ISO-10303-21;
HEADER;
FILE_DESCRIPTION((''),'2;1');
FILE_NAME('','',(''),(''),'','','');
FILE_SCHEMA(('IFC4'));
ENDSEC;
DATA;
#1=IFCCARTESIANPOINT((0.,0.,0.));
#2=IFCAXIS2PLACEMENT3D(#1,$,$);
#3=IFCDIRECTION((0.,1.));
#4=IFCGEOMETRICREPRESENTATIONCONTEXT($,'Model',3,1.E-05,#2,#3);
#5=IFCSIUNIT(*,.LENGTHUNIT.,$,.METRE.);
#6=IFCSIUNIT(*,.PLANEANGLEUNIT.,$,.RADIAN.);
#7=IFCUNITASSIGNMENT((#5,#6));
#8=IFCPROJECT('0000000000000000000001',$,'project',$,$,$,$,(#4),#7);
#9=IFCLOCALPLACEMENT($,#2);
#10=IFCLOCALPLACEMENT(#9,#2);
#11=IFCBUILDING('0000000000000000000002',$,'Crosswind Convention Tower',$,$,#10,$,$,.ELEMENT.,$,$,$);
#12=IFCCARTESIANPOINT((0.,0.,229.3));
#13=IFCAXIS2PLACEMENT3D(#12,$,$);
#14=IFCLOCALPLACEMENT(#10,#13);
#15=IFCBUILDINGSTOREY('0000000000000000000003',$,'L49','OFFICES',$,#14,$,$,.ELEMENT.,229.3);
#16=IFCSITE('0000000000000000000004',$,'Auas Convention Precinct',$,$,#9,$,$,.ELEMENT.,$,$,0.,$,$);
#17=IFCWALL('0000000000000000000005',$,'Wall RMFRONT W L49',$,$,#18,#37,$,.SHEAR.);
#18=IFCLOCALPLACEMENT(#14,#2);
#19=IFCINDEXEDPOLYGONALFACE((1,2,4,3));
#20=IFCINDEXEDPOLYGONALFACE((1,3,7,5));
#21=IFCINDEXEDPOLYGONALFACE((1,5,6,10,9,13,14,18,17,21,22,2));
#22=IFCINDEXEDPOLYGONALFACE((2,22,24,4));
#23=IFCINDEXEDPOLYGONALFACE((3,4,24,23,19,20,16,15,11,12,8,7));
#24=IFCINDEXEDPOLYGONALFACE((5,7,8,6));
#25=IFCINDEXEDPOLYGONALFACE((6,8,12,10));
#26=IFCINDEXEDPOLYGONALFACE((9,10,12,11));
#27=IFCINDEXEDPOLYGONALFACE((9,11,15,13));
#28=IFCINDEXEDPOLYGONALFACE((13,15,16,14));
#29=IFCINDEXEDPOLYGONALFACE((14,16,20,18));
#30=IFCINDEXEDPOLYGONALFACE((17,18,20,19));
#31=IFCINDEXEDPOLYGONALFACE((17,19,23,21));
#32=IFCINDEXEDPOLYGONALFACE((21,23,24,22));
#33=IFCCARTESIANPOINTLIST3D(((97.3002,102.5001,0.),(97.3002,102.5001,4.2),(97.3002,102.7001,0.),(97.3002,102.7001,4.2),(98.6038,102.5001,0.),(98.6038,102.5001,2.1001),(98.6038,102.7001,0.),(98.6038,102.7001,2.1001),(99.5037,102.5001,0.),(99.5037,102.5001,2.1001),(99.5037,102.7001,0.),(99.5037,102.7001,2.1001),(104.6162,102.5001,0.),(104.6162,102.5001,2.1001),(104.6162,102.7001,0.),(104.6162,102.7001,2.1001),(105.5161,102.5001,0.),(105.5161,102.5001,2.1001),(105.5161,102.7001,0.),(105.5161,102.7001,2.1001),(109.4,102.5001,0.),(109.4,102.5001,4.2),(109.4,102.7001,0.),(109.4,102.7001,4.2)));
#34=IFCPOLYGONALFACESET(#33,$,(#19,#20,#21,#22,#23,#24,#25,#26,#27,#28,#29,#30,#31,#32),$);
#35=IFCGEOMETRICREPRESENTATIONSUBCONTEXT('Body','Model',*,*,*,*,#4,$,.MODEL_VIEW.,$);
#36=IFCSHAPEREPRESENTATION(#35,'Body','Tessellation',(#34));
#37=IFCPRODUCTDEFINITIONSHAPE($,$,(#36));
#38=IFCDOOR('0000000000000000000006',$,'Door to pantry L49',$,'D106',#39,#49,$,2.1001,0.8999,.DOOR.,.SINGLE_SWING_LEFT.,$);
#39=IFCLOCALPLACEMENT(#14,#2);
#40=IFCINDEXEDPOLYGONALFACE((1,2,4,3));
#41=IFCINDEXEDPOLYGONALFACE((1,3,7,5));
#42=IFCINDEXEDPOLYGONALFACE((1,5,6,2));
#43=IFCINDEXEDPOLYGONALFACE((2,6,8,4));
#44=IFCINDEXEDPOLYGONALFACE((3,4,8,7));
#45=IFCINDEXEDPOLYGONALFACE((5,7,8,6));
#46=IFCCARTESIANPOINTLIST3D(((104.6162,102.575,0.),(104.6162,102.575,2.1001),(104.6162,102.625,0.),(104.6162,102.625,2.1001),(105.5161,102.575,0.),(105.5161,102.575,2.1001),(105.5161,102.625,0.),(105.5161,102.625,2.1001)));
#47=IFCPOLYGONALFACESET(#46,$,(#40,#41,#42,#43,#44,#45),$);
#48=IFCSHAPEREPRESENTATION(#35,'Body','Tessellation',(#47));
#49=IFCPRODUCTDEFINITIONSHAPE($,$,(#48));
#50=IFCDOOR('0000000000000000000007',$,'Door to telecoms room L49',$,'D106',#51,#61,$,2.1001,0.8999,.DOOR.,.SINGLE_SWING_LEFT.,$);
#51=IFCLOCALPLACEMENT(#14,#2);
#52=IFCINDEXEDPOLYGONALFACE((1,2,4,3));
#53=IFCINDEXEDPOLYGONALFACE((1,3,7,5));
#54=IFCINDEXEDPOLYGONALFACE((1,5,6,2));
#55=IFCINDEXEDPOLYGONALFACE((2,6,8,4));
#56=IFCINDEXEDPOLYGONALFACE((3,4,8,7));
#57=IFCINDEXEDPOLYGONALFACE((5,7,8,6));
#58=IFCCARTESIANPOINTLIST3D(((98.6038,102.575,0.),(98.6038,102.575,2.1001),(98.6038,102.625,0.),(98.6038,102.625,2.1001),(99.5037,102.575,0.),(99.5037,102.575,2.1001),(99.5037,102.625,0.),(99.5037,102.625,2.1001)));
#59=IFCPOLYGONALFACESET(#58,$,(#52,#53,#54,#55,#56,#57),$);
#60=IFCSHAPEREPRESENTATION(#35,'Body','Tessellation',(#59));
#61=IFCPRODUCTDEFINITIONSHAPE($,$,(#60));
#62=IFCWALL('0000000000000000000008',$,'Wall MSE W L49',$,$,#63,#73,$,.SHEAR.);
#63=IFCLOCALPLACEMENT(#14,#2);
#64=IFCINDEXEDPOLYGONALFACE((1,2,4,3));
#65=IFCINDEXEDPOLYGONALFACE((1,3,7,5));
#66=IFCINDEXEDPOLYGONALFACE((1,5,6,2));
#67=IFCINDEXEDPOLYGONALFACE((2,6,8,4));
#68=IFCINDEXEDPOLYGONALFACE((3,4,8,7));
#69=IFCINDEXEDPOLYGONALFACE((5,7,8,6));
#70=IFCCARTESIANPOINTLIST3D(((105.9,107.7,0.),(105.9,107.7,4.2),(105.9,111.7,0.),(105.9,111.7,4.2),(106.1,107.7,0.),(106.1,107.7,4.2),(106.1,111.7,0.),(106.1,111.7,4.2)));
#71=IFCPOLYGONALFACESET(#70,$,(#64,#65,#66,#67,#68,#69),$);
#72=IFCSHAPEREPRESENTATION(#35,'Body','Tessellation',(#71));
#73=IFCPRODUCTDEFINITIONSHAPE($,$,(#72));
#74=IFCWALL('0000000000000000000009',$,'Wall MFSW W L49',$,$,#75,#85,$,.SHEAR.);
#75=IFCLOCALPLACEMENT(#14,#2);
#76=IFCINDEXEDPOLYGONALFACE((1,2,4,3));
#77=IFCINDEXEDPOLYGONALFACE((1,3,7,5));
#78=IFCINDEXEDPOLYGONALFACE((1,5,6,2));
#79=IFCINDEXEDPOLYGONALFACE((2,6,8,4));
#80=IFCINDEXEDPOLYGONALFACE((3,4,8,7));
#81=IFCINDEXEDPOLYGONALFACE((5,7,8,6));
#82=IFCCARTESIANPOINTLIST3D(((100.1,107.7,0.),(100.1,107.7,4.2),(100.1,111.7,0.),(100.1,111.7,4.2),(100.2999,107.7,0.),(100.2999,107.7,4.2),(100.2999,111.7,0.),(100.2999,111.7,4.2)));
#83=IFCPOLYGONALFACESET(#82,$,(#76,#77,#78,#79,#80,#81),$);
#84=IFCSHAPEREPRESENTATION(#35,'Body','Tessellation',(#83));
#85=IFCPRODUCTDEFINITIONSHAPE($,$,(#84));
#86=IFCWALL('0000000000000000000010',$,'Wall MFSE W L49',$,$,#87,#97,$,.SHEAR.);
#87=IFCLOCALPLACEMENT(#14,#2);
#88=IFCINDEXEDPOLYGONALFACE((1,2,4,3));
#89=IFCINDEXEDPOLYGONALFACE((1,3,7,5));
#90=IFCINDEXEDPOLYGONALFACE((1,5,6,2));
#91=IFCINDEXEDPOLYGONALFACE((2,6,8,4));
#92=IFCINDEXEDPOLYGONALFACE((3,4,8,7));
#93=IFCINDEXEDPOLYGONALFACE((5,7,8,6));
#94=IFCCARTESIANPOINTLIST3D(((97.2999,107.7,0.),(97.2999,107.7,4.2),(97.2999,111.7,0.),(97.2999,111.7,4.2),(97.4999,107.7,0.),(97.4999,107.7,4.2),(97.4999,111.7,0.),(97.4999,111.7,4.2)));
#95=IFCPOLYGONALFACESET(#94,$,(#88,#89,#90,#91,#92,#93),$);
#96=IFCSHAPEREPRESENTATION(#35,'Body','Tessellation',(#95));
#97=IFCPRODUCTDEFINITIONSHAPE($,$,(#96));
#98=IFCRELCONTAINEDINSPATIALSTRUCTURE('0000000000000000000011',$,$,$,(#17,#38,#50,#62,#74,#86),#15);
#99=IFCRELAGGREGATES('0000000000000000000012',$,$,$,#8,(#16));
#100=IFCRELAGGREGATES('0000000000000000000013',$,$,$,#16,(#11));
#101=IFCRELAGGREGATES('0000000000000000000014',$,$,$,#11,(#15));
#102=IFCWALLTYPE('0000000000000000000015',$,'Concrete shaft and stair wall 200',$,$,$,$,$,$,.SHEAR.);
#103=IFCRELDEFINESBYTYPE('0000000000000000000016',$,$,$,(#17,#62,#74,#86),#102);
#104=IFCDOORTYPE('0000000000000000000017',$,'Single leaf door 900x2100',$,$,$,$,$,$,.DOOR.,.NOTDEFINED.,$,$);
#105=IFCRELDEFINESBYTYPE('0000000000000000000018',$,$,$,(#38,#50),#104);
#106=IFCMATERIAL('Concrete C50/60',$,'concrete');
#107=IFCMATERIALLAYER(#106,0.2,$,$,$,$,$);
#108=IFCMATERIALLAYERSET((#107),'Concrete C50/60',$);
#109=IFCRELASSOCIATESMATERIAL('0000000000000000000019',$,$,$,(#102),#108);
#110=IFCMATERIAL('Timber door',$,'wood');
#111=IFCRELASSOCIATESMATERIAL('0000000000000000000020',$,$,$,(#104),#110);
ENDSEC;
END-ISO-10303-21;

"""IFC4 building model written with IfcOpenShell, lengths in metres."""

from ifc_helpers import new_model, si_unit, direction, frame, frame_2d, origin, place, context, subcontext, project, spatial, rectangle, extrude, material, layer, layer_set, type_object, element, fill, save


model = new_model("IFC4")

# Units and contexts
model_context = context("Model", 3, precision=1e-05, world=origin(), true_north=direction((0.0, 1.0)))
body_context = subcontext(model_context, "Body", "Model", "MODEL_VIEW")
ifc_project = project(units=[si_unit("LENGTHUNIT", "METRE"), si_unit("PLANEANGLEUNIT", "RADIAN")], contexts=[model_context])

# Site, building, storey
site_placement = place(None, origin())
site = spatial("IfcSite", under=ifc_project, at=site_placement, Name="Auas Convention Precinct", CompositionType="ELEMENT", RefElevation=0.0)
building_placement = place(site_placement, origin())
building = spatial("IfcBuilding", under=site, at=building_placement, Name="Crosswind Convention Tower", CompositionType="ELEMENT")
storey_placement = place(building_placement, frame((0.0, 0.0, 229.3)))
storey = spatial("IfcBuildingStorey", under=building, at=storey_placement, Name="L49", Description="OFFICES", CompositionType="ELEMENT", Elevation=229.3)

# Shared definitions
ifc_material_1 = material(Name="Concrete C50/60", Category="concrete")
ifc_layer_1 = layer(ifc_material_1, 0.2)
ifc_layer_set_1 = layer_set([ifc_layer_1], Name="Concrete C50/60")
wall_type_1 = type_object("IfcWallType", Name="Concrete shaft and stair wall 200", PredefinedType="SHEAR", material=ifc_layer_set_1)

# Wall, openings, doors
wall_1_placement = place(storey_placement, frame((109.3999, 102.6001, 0.0), z_axis=(0.0, 0.0, 1.0), x_axis=(-1.0, 0.0, 0.0)))
wall_1 = element("IfcWall", 1, at=wall_1_placement, inside=storey, type_object=wall_type_1, Name="Wall RMFRONT W L49", PredefinedType="SHEAR", context=body_context, shape_type="SweptSolid", body=[
    extrude(rectangle(XDim=12.0999, YDim=0.2, at=frame_2d((6.0498, 0.0))), origin(), (0.0, 0.0, 1.0), 4.2),
])
opening_1_placement = place(wall_1_placement, frame((3.8838, 0.0, 0.0)))
opening_1 = element("IfcOpeningElement", 2, at=opening_1_placement, cuts=wall_1, PredefinedType="OPENING", context=body_context, shape_type="SweptSolid", body=[
    extrude(rectangle(XDim=0.8999, YDim=2.1001, at=frame_2d((0.45, 1.05))), frame((0.0, 0.1099, 0.0), z_axis=(0.0, -1.0, 0.0), x_axis=(1.0, 0.0, 0.0)), (0.0, 0.0, 1.0), 0.22),
])
opening_2_placement = place(wall_1_placement, frame((9.8962, 0.0, 0.0)))
opening_2 = element("IfcOpeningElement", 3, at=opening_2_placement, cuts=wall_1, PredefinedType="OPENING", context=body_context, shape_type="SweptSolid", body=[
    extrude(rectangle(XDim=0.8999, YDim=2.1001, at=frame_2d((0.45, 1.05))), frame((0.0, 0.1099, 0.0), z_axis=(0.0, -1.0, 0.0), x_axis=(1.0, 0.0, 0.0)), (0.0, 0.0, 1.0), 0.22),
])
ifc_material_2 = material(Name="Timber door", Category="wood")
door_type_1 = type_object("IfcDoorType", Name="Single leaf door 900x2100", OperationType="NOTDEFINED", PredefinedType="DOOR", material=ifc_material_2)
door_1_placement = place(opening_1_placement, frame((0.8999, 0.0, 0.0), z_axis=(0.0, 0.0, 1.0), x_axis=(-1.0, 0.0, 0.0)))
door_1 = element("IfcDoor", 4, at=door_1_placement, inside=storey, type_object=door_type_1, Name="Door to pantry L49", ObjectType="D106", OperationType="SINGLE_SWING_LEFT", OverallHeight=2.1001, OverallWidth=0.8999, PredefinedType="DOOR", context=body_context, shape_type="SweptSolid", body=[
    extrude(rectangle(XDim=0.8999, YDim=2.1001, at=frame_2d((0.45, 1.05))), frame((0.0, 0.0249, 0.0), z_axis=(0.0, -1.0, 0.0), x_axis=(1.0, 0.0, 0.0)), (0.0, 0.0, 1.0), 0.05),
])
fill(opening_1, door_1)
door_2_placement = place(opening_2_placement, frame((0.8999, 0.0, 0.0), z_axis=(0.0, 0.0, 1.0), x_axis=(-1.0, 0.0, 0.0)))
door_2 = element("IfcDoor", 5, at=door_2_placement, inside=storey, type_object=door_type_1, Name="Door to telecoms room L49", ObjectType="D106", OperationType="SINGLE_SWING_LEFT", OverallHeight=2.1001, OverallWidth=0.8999, PredefinedType="DOOR", context=body_context, shape_type="SweptSolid", body=[
    extrude(rectangle(XDim=0.8999, YDim=2.1001, at=frame_2d((0.45, 1.05))), frame((0.0, 0.0249, 0.0), z_axis=(0.0, -1.0, 0.0), x_axis=(1.0, 0.0, 0.0)), (0.0, 0.0, 1.0), 0.05),
])
fill(opening_2, door_2)

# Walls
for number, where, z_axis, x_axis, name in (
    (6, (106.0, 111.7, 0.0), (0.0, 0.0, 1.0), (0.0, -1.0, 0.0), "Wall MSE W L49"),
    (7, (100.2, 111.7, 0.0), (0.0, 0.0, 1.0), (0.0, -1.0, 0.0), "Wall MFSW W L49"),
    (8, (97.3999, 111.7, 0.0), (0.0, 0.0, 1.0), (0.0, -1.0, 0.0), "Wall MFSE W L49"),
):
    element("IfcWall", number, at=place(storey_placement, frame(where, z_axis=z_axis, x_axis=x_axis)), inside=storey, type_object=wall_type_1, Name=name, PredefinedType="SHEAR", context=body_context, shape_type="SweptSolid", body=[
        extrude(rectangle(XDim=4.0, YDim=0.2, at=frame_2d((2.0, 0.0))), origin(), (0.0, 0.0, 1.0), 4.2),
    ])

save(model, "model.ifc")
